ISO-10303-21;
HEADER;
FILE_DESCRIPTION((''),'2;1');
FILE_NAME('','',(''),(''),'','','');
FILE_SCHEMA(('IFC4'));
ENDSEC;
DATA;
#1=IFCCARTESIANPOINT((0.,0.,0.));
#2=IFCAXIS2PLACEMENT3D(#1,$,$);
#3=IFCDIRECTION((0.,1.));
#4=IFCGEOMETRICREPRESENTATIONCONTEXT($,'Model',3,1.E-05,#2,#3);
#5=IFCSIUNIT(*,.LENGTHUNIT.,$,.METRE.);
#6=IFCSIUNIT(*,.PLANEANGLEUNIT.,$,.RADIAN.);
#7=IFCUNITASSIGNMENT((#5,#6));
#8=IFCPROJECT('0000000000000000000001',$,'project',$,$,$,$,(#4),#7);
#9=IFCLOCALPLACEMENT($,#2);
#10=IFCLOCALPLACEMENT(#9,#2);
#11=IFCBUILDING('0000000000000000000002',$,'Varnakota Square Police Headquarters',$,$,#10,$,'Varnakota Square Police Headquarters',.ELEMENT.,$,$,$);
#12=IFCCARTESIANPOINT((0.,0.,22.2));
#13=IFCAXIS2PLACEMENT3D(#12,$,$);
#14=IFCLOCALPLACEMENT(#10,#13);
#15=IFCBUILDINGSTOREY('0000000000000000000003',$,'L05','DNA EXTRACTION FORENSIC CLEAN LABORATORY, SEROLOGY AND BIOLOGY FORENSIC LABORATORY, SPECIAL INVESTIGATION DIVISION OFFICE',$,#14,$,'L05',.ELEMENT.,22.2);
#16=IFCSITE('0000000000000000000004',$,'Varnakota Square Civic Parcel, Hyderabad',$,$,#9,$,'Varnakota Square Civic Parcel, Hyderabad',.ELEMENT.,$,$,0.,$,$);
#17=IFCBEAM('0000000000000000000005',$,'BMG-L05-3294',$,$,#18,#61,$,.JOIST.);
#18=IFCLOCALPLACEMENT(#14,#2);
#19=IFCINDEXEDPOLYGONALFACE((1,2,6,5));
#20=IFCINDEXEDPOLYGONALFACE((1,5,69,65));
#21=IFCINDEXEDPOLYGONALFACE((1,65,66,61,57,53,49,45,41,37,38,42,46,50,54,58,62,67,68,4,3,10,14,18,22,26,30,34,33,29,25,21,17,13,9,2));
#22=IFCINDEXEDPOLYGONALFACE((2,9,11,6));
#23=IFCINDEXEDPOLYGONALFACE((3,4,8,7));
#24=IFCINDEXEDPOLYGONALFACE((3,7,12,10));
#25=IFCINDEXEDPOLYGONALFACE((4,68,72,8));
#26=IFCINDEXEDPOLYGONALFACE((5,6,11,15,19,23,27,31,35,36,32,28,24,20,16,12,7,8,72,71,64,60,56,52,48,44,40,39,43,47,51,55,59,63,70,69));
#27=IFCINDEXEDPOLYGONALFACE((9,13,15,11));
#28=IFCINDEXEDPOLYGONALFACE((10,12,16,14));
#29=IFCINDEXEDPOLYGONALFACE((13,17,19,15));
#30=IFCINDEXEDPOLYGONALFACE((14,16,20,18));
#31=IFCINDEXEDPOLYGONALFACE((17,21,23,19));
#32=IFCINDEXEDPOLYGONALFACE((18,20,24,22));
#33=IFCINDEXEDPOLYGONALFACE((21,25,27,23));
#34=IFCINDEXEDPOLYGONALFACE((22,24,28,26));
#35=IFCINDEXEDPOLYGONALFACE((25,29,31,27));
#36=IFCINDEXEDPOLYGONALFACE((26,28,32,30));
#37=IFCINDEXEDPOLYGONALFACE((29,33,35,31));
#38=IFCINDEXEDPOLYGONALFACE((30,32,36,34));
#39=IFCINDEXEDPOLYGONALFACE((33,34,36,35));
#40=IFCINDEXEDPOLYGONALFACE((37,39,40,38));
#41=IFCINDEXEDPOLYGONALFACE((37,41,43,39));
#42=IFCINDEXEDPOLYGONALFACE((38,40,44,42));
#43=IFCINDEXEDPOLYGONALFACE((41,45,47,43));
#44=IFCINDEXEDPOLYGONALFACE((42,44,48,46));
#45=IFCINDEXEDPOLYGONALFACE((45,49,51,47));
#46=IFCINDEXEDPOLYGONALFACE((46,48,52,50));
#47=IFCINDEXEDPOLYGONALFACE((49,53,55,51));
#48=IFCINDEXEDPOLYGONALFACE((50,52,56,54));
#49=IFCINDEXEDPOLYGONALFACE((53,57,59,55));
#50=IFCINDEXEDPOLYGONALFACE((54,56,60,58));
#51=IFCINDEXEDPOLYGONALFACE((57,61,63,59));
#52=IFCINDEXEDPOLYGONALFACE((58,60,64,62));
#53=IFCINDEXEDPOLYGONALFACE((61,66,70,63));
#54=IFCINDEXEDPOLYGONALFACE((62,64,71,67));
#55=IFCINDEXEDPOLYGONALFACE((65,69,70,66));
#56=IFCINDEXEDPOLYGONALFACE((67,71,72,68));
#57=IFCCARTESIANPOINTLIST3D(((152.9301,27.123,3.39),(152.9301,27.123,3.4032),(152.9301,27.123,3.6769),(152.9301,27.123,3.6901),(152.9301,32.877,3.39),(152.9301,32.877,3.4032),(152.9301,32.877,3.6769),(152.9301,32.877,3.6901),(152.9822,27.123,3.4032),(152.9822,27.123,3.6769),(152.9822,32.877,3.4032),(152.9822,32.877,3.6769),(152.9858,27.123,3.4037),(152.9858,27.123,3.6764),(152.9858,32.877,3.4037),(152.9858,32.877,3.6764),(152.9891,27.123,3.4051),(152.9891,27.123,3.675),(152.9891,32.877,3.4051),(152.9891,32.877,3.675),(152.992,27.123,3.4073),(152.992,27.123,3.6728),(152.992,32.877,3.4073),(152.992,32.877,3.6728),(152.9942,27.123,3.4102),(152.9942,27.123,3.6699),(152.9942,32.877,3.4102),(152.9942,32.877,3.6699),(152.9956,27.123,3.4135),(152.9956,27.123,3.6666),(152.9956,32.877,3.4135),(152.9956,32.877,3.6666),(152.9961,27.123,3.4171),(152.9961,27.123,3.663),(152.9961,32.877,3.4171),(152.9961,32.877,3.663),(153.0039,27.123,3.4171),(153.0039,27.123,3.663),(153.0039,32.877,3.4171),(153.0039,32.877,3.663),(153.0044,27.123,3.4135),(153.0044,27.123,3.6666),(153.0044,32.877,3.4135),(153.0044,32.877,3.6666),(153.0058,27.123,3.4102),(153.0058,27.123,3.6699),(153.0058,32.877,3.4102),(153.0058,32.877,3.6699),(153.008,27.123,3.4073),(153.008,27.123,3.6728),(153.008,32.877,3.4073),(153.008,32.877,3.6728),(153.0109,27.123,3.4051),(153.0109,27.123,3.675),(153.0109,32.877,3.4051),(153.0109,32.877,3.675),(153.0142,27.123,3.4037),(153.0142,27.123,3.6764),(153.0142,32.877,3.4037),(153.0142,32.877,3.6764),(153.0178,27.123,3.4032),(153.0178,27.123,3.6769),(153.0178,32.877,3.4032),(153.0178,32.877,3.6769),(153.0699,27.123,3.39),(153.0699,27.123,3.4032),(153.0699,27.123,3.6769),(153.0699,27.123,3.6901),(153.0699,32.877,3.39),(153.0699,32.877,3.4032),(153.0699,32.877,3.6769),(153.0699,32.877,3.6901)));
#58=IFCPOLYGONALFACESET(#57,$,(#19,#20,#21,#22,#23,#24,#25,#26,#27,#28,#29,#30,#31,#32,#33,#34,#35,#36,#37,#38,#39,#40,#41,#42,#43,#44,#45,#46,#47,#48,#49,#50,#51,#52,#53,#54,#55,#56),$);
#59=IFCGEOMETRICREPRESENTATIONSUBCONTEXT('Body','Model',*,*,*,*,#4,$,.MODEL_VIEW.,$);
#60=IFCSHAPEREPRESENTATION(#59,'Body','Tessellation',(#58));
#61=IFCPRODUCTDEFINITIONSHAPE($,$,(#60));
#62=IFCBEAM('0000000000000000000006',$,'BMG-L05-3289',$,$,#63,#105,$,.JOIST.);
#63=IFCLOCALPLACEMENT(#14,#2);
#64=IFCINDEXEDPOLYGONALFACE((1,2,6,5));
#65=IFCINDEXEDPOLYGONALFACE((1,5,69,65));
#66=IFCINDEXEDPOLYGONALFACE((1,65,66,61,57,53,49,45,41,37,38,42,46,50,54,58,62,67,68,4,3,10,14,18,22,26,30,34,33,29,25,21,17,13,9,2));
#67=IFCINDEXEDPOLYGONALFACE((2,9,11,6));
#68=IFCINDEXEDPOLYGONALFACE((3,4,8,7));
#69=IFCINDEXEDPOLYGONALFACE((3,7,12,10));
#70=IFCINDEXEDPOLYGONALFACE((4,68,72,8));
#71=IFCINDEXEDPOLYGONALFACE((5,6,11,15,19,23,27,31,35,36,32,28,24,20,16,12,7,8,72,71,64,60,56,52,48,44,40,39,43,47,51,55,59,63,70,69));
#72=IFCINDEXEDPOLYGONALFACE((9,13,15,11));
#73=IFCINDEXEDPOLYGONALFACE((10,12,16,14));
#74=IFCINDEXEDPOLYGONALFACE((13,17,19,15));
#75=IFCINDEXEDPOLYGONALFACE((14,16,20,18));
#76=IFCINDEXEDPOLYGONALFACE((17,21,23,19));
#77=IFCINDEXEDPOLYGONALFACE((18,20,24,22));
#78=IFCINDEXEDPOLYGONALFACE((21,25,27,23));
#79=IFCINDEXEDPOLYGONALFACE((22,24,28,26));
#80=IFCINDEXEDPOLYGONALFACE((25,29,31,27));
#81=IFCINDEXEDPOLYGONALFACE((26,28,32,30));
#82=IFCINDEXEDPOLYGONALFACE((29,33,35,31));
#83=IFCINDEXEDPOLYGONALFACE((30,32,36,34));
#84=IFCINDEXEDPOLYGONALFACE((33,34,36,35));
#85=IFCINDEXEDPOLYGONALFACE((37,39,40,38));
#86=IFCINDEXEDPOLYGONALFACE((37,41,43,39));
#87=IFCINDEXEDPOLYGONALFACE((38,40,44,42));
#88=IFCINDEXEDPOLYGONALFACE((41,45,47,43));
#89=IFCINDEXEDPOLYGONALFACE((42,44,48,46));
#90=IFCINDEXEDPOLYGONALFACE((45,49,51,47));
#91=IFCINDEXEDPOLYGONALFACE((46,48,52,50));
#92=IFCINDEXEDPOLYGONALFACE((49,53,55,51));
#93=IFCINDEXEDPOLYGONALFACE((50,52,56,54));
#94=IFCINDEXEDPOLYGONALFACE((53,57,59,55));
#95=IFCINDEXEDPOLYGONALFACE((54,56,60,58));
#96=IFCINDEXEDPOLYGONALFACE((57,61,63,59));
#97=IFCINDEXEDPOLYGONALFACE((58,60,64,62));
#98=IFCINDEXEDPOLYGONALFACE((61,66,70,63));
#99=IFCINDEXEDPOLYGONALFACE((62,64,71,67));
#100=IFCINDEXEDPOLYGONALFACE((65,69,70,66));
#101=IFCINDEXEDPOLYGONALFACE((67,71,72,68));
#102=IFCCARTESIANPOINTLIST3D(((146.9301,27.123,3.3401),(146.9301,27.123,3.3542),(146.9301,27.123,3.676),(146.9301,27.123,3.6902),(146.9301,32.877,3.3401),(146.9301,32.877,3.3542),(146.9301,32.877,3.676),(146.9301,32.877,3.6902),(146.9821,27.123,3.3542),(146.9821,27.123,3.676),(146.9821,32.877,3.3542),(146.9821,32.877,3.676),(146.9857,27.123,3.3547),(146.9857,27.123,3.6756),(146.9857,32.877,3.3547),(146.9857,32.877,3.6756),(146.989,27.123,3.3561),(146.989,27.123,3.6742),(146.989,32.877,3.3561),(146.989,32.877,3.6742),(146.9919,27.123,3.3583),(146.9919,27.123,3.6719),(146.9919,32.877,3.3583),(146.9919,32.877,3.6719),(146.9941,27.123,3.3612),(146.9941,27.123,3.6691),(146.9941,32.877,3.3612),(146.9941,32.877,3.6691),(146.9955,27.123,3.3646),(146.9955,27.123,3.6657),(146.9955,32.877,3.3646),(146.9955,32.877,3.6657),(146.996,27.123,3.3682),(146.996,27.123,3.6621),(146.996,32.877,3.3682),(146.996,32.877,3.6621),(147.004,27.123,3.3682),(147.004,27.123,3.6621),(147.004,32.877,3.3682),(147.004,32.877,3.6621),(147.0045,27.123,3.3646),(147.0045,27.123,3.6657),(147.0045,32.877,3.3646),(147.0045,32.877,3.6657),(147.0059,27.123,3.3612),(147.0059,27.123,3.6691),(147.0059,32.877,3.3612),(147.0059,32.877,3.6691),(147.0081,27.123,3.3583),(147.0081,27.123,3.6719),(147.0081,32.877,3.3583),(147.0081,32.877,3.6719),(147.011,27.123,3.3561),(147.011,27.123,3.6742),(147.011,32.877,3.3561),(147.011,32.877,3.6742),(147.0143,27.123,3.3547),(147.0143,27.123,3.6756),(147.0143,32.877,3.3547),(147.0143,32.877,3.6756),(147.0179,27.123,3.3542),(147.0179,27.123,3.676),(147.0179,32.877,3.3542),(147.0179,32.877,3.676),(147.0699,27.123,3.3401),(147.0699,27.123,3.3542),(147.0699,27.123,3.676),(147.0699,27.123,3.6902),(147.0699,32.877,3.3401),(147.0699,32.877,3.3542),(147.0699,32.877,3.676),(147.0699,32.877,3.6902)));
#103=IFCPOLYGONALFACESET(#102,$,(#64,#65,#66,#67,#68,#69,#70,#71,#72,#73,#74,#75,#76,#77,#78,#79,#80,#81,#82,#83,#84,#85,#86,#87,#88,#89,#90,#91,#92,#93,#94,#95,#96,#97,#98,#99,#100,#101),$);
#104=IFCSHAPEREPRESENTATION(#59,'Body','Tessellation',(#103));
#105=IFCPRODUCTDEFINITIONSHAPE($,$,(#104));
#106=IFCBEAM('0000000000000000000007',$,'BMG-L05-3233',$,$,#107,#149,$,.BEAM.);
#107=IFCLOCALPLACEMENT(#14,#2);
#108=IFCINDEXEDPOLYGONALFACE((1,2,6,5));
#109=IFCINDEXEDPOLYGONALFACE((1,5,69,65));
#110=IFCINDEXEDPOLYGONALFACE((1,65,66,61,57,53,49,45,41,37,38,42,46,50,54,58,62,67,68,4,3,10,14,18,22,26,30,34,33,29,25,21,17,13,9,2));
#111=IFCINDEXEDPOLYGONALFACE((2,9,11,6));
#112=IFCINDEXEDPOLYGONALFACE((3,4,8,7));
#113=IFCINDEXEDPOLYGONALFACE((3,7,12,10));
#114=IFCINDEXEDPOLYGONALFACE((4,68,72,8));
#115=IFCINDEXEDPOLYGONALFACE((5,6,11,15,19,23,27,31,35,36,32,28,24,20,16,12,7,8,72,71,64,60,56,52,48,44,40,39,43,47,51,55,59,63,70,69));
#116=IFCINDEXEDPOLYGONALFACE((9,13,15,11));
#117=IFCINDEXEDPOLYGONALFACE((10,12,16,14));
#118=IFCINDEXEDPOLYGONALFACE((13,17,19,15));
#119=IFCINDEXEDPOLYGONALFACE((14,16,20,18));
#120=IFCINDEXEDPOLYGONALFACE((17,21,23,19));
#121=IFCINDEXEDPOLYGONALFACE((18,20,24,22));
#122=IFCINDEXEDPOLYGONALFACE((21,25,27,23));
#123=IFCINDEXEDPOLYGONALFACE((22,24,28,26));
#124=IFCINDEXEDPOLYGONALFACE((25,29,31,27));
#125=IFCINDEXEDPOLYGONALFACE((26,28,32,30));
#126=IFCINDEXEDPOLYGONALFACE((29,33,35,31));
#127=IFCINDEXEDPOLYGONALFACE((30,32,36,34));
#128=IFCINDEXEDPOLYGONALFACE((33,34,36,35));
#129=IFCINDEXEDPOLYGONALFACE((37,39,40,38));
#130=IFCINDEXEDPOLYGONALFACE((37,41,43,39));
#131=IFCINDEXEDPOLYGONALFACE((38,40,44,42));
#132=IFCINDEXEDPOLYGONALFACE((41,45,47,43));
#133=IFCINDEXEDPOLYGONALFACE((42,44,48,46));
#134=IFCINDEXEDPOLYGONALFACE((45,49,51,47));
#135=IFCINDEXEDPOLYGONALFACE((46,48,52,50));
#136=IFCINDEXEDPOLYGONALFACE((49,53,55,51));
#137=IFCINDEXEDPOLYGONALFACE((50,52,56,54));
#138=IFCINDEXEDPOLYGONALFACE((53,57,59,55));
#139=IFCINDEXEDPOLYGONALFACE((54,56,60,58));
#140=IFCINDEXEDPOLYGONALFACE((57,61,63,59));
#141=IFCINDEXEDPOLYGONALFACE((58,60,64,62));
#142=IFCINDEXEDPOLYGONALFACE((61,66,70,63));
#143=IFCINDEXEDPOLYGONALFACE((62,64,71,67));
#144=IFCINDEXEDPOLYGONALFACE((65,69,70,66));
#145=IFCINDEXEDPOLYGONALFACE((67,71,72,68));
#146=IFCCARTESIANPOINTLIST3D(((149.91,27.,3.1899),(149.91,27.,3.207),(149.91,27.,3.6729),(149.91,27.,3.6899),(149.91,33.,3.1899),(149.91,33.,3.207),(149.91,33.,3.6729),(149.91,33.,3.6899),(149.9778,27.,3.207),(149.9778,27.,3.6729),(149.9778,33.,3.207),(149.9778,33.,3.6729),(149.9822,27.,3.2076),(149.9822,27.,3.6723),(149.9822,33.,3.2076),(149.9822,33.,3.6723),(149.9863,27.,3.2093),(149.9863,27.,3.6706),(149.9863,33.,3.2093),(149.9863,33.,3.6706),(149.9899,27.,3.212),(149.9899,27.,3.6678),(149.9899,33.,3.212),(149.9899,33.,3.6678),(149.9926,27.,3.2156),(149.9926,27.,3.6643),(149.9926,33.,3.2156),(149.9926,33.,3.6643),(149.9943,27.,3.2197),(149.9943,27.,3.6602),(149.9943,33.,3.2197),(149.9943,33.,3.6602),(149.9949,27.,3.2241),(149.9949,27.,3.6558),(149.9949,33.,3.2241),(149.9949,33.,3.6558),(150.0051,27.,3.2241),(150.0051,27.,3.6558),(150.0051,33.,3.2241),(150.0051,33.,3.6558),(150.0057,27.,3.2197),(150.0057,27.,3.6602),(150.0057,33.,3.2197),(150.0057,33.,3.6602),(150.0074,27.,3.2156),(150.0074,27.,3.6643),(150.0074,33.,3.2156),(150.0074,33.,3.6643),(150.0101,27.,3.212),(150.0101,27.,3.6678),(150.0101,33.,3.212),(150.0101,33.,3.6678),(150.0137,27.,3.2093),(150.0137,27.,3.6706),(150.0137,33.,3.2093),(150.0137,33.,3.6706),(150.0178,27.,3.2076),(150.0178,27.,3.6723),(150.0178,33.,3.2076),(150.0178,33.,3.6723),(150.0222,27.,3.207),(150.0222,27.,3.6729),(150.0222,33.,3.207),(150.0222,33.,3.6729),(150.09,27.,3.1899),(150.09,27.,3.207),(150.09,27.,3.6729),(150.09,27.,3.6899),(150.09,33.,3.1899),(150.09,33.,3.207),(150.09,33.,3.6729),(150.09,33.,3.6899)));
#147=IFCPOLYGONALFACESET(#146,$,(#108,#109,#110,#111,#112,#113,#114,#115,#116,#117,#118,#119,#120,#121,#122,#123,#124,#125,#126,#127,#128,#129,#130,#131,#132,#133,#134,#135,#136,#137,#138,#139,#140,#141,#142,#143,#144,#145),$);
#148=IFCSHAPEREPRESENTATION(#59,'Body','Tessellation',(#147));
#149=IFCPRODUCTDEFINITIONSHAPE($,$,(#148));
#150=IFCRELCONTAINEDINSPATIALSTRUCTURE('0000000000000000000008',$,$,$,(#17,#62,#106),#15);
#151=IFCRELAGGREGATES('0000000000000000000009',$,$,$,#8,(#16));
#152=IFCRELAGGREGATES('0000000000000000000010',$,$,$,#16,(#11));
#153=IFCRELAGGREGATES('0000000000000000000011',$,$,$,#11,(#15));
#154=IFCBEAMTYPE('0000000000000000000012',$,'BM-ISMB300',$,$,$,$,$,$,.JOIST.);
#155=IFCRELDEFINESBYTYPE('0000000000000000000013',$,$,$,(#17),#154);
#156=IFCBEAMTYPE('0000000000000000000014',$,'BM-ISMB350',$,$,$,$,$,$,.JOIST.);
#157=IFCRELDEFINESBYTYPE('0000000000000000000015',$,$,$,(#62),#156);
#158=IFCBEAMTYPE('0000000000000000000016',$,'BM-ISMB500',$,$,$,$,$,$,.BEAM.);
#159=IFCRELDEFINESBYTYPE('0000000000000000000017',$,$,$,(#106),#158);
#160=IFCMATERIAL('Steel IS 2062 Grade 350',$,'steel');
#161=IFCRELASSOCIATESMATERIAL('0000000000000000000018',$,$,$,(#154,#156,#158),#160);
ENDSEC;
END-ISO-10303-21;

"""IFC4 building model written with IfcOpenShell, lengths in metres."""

from ifc_helpers import new_model, si_unit, direction, frame, origin, origin_2d, place, context, subcontext, project, spatial, i_section, extrude, material, material_profile, profile_set, type_object, element, save


model = new_model("IFC4")

# Units and contexts
model_context = context("Model", 3, precision=1e-05, world=origin(), true_north=direction((0.0, 1.0)))
body_context = subcontext(model_context, "Body", "Model", "MODEL_VIEW")
ifc_project = project(units=[si_unit("LENGTHUNIT", "METRE"), si_unit("PLANEANGLEUNIT", "RADIAN")], contexts=[model_context])

# Site, building, storey
site_placement = place(None, origin())
site = spatial("IfcSite", under=ifc_project, at=site_placement, Name="Varnakota Square Civic Parcel, Hyderabad", LongName="Varnakota Square Civic Parcel, Hyderabad", CompositionType="ELEMENT", RefElevation=0.0)
building_placement = place(site_placement, origin())
building = spatial("IfcBuilding", under=site, at=building_placement, Name="Varnakota Square Police Headquarters", LongName="Varnakota Square Police Headquarters", CompositionType="ELEMENT")
storey_placement = place(building_placement, frame((0.0, 0.0, 22.2)))
storey = spatial("IfcBuildingStorey", under=building, at=storey_placement, Name="L05", Description="DNA EXTRACTION FORENSIC CLEAN LABORATORY, SEROLOGY AND BIOLOGY FORENSIC LABORATORY, SPECIAL INVESTIGATION DIVISION OFFICE", LongName="L05", CompositionType="ELEMENT", Elevation=22.2)

# Shared definitions
ifc_material_1 = material(Name="Steel IS 2062 Grade 350", Category="steel")

# Beams
ifc_material_profile_1 = material_profile(ifc_material_1, i_section(OverallWidth=0.1399, OverallDepth=0.3, WebThickness=0.0078, FlangeThickness=0.0132, FilletRadius=0.0139, at=origin_2d()), Name="ISMB 300")
ifc_profile_set_1 = profile_set([ifc_material_profile_1], Name="Steel IS 2062 Grade 350")
beam_type_1 = type_object("IfcBeamType", Name="BM-ISMB300", PredefinedType="JOIST", material=ifc_profile_set_1)
beam_1_placement = place(storey_placement, frame((153.0, 27.123, 3.54), z_axis=(0.0, 1.0, 0.0), x_axis=(-1.0, 0.0, 0.0)))
element("IfcBeam", 1, at=beam_1_placement, inside=storey, type_object=beam_type_1, Name="BMG-L05-3294", PredefinedType="JOIST", context=body_context, shape_type="SweptSolid", body=[
    extrude(i_section(OverallWidth=0.1399, OverallDepth=0.3, WebThickness=0.0078, FlangeThickness=0.0132, FilletRadius=0.0139, at=origin_2d()), origin(), (0.0, 0.0, 1.0), 5.7539),
])
ifc_material_profile_2 = material_profile(ifc_material_1, i_section(OverallWidth=0.1399, OverallDepth=0.3501, WebThickness=0.0081, FlangeThickness=0.0142, FilletRadius=0.0139, at=origin_2d()), Name="ISMB 350")
ifc_profile_set_2 = profile_set([ifc_material_profile_2], Name="Steel IS 2062 Grade 350")
beam_type_2 = type_object("IfcBeamType", Name="BM-ISMB350", PredefinedType="JOIST", material=ifc_profile_set_2)
beam_2_placement = place(storey_placement, frame((147.0, 27.123, 3.5151), z_axis=(0.0, 1.0, 0.0), x_axis=(-1.0, 0.0, 0.0)))
element("IfcBeam", 2, at=beam_2_placement, inside=storey, type_object=beam_type_2, Name="BMG-L05-3289", PredefinedType="JOIST", context=body_context, shape_type="SweptSolid", body=[
    extrude(i_section(OverallWidth=0.1399, OverallDepth=0.3501, WebThickness=0.0081, FlangeThickness=0.0142, FilletRadius=0.0139, at=origin_2d()), origin(), (0.0, 0.0, 1.0), 5.7539),
])
ifc_material_profile_3 = material_profile(ifc_material_1, i_section(OverallWidth=0.1799, OverallDepth=0.5, WebThickness=0.0103, FlangeThickness=0.0171, FilletRadius=0.0171, at=origin_2d()), Name="ISMB 500")
ifc_profile_set_3 = profile_set([ifc_material_profile_3], Name="Steel IS 2062 Grade 350")
beam_type_3 = type_object("IfcBeamType", Name="BM-ISMB500", PredefinedType="BEAM", material=ifc_profile_set_3)
beam_3_placement = place(storey_placement, frame((150.0, 27.0, 3.4399), z_axis=(0.0, 1.0, 0.0), x_axis=(-1.0, 0.0, 0.0)))
element("IfcBeam", 3, at=beam_3_placement, inside=storey, type_object=beam_type_3, Name="BMG-L05-3233", PredefinedType="BEAM", context=body_context, shape_type="SweptSolid", body=[
    extrude(i_section(OverallWidth=0.1799, OverallDepth=0.5, WebThickness=0.0103, FlangeThickness=0.0171, FilletRadius=0.0171, at=origin_2d()), origin(), (0.0, 0.0, 1.0), 6.0),
])

save(model, "model.ifc")
